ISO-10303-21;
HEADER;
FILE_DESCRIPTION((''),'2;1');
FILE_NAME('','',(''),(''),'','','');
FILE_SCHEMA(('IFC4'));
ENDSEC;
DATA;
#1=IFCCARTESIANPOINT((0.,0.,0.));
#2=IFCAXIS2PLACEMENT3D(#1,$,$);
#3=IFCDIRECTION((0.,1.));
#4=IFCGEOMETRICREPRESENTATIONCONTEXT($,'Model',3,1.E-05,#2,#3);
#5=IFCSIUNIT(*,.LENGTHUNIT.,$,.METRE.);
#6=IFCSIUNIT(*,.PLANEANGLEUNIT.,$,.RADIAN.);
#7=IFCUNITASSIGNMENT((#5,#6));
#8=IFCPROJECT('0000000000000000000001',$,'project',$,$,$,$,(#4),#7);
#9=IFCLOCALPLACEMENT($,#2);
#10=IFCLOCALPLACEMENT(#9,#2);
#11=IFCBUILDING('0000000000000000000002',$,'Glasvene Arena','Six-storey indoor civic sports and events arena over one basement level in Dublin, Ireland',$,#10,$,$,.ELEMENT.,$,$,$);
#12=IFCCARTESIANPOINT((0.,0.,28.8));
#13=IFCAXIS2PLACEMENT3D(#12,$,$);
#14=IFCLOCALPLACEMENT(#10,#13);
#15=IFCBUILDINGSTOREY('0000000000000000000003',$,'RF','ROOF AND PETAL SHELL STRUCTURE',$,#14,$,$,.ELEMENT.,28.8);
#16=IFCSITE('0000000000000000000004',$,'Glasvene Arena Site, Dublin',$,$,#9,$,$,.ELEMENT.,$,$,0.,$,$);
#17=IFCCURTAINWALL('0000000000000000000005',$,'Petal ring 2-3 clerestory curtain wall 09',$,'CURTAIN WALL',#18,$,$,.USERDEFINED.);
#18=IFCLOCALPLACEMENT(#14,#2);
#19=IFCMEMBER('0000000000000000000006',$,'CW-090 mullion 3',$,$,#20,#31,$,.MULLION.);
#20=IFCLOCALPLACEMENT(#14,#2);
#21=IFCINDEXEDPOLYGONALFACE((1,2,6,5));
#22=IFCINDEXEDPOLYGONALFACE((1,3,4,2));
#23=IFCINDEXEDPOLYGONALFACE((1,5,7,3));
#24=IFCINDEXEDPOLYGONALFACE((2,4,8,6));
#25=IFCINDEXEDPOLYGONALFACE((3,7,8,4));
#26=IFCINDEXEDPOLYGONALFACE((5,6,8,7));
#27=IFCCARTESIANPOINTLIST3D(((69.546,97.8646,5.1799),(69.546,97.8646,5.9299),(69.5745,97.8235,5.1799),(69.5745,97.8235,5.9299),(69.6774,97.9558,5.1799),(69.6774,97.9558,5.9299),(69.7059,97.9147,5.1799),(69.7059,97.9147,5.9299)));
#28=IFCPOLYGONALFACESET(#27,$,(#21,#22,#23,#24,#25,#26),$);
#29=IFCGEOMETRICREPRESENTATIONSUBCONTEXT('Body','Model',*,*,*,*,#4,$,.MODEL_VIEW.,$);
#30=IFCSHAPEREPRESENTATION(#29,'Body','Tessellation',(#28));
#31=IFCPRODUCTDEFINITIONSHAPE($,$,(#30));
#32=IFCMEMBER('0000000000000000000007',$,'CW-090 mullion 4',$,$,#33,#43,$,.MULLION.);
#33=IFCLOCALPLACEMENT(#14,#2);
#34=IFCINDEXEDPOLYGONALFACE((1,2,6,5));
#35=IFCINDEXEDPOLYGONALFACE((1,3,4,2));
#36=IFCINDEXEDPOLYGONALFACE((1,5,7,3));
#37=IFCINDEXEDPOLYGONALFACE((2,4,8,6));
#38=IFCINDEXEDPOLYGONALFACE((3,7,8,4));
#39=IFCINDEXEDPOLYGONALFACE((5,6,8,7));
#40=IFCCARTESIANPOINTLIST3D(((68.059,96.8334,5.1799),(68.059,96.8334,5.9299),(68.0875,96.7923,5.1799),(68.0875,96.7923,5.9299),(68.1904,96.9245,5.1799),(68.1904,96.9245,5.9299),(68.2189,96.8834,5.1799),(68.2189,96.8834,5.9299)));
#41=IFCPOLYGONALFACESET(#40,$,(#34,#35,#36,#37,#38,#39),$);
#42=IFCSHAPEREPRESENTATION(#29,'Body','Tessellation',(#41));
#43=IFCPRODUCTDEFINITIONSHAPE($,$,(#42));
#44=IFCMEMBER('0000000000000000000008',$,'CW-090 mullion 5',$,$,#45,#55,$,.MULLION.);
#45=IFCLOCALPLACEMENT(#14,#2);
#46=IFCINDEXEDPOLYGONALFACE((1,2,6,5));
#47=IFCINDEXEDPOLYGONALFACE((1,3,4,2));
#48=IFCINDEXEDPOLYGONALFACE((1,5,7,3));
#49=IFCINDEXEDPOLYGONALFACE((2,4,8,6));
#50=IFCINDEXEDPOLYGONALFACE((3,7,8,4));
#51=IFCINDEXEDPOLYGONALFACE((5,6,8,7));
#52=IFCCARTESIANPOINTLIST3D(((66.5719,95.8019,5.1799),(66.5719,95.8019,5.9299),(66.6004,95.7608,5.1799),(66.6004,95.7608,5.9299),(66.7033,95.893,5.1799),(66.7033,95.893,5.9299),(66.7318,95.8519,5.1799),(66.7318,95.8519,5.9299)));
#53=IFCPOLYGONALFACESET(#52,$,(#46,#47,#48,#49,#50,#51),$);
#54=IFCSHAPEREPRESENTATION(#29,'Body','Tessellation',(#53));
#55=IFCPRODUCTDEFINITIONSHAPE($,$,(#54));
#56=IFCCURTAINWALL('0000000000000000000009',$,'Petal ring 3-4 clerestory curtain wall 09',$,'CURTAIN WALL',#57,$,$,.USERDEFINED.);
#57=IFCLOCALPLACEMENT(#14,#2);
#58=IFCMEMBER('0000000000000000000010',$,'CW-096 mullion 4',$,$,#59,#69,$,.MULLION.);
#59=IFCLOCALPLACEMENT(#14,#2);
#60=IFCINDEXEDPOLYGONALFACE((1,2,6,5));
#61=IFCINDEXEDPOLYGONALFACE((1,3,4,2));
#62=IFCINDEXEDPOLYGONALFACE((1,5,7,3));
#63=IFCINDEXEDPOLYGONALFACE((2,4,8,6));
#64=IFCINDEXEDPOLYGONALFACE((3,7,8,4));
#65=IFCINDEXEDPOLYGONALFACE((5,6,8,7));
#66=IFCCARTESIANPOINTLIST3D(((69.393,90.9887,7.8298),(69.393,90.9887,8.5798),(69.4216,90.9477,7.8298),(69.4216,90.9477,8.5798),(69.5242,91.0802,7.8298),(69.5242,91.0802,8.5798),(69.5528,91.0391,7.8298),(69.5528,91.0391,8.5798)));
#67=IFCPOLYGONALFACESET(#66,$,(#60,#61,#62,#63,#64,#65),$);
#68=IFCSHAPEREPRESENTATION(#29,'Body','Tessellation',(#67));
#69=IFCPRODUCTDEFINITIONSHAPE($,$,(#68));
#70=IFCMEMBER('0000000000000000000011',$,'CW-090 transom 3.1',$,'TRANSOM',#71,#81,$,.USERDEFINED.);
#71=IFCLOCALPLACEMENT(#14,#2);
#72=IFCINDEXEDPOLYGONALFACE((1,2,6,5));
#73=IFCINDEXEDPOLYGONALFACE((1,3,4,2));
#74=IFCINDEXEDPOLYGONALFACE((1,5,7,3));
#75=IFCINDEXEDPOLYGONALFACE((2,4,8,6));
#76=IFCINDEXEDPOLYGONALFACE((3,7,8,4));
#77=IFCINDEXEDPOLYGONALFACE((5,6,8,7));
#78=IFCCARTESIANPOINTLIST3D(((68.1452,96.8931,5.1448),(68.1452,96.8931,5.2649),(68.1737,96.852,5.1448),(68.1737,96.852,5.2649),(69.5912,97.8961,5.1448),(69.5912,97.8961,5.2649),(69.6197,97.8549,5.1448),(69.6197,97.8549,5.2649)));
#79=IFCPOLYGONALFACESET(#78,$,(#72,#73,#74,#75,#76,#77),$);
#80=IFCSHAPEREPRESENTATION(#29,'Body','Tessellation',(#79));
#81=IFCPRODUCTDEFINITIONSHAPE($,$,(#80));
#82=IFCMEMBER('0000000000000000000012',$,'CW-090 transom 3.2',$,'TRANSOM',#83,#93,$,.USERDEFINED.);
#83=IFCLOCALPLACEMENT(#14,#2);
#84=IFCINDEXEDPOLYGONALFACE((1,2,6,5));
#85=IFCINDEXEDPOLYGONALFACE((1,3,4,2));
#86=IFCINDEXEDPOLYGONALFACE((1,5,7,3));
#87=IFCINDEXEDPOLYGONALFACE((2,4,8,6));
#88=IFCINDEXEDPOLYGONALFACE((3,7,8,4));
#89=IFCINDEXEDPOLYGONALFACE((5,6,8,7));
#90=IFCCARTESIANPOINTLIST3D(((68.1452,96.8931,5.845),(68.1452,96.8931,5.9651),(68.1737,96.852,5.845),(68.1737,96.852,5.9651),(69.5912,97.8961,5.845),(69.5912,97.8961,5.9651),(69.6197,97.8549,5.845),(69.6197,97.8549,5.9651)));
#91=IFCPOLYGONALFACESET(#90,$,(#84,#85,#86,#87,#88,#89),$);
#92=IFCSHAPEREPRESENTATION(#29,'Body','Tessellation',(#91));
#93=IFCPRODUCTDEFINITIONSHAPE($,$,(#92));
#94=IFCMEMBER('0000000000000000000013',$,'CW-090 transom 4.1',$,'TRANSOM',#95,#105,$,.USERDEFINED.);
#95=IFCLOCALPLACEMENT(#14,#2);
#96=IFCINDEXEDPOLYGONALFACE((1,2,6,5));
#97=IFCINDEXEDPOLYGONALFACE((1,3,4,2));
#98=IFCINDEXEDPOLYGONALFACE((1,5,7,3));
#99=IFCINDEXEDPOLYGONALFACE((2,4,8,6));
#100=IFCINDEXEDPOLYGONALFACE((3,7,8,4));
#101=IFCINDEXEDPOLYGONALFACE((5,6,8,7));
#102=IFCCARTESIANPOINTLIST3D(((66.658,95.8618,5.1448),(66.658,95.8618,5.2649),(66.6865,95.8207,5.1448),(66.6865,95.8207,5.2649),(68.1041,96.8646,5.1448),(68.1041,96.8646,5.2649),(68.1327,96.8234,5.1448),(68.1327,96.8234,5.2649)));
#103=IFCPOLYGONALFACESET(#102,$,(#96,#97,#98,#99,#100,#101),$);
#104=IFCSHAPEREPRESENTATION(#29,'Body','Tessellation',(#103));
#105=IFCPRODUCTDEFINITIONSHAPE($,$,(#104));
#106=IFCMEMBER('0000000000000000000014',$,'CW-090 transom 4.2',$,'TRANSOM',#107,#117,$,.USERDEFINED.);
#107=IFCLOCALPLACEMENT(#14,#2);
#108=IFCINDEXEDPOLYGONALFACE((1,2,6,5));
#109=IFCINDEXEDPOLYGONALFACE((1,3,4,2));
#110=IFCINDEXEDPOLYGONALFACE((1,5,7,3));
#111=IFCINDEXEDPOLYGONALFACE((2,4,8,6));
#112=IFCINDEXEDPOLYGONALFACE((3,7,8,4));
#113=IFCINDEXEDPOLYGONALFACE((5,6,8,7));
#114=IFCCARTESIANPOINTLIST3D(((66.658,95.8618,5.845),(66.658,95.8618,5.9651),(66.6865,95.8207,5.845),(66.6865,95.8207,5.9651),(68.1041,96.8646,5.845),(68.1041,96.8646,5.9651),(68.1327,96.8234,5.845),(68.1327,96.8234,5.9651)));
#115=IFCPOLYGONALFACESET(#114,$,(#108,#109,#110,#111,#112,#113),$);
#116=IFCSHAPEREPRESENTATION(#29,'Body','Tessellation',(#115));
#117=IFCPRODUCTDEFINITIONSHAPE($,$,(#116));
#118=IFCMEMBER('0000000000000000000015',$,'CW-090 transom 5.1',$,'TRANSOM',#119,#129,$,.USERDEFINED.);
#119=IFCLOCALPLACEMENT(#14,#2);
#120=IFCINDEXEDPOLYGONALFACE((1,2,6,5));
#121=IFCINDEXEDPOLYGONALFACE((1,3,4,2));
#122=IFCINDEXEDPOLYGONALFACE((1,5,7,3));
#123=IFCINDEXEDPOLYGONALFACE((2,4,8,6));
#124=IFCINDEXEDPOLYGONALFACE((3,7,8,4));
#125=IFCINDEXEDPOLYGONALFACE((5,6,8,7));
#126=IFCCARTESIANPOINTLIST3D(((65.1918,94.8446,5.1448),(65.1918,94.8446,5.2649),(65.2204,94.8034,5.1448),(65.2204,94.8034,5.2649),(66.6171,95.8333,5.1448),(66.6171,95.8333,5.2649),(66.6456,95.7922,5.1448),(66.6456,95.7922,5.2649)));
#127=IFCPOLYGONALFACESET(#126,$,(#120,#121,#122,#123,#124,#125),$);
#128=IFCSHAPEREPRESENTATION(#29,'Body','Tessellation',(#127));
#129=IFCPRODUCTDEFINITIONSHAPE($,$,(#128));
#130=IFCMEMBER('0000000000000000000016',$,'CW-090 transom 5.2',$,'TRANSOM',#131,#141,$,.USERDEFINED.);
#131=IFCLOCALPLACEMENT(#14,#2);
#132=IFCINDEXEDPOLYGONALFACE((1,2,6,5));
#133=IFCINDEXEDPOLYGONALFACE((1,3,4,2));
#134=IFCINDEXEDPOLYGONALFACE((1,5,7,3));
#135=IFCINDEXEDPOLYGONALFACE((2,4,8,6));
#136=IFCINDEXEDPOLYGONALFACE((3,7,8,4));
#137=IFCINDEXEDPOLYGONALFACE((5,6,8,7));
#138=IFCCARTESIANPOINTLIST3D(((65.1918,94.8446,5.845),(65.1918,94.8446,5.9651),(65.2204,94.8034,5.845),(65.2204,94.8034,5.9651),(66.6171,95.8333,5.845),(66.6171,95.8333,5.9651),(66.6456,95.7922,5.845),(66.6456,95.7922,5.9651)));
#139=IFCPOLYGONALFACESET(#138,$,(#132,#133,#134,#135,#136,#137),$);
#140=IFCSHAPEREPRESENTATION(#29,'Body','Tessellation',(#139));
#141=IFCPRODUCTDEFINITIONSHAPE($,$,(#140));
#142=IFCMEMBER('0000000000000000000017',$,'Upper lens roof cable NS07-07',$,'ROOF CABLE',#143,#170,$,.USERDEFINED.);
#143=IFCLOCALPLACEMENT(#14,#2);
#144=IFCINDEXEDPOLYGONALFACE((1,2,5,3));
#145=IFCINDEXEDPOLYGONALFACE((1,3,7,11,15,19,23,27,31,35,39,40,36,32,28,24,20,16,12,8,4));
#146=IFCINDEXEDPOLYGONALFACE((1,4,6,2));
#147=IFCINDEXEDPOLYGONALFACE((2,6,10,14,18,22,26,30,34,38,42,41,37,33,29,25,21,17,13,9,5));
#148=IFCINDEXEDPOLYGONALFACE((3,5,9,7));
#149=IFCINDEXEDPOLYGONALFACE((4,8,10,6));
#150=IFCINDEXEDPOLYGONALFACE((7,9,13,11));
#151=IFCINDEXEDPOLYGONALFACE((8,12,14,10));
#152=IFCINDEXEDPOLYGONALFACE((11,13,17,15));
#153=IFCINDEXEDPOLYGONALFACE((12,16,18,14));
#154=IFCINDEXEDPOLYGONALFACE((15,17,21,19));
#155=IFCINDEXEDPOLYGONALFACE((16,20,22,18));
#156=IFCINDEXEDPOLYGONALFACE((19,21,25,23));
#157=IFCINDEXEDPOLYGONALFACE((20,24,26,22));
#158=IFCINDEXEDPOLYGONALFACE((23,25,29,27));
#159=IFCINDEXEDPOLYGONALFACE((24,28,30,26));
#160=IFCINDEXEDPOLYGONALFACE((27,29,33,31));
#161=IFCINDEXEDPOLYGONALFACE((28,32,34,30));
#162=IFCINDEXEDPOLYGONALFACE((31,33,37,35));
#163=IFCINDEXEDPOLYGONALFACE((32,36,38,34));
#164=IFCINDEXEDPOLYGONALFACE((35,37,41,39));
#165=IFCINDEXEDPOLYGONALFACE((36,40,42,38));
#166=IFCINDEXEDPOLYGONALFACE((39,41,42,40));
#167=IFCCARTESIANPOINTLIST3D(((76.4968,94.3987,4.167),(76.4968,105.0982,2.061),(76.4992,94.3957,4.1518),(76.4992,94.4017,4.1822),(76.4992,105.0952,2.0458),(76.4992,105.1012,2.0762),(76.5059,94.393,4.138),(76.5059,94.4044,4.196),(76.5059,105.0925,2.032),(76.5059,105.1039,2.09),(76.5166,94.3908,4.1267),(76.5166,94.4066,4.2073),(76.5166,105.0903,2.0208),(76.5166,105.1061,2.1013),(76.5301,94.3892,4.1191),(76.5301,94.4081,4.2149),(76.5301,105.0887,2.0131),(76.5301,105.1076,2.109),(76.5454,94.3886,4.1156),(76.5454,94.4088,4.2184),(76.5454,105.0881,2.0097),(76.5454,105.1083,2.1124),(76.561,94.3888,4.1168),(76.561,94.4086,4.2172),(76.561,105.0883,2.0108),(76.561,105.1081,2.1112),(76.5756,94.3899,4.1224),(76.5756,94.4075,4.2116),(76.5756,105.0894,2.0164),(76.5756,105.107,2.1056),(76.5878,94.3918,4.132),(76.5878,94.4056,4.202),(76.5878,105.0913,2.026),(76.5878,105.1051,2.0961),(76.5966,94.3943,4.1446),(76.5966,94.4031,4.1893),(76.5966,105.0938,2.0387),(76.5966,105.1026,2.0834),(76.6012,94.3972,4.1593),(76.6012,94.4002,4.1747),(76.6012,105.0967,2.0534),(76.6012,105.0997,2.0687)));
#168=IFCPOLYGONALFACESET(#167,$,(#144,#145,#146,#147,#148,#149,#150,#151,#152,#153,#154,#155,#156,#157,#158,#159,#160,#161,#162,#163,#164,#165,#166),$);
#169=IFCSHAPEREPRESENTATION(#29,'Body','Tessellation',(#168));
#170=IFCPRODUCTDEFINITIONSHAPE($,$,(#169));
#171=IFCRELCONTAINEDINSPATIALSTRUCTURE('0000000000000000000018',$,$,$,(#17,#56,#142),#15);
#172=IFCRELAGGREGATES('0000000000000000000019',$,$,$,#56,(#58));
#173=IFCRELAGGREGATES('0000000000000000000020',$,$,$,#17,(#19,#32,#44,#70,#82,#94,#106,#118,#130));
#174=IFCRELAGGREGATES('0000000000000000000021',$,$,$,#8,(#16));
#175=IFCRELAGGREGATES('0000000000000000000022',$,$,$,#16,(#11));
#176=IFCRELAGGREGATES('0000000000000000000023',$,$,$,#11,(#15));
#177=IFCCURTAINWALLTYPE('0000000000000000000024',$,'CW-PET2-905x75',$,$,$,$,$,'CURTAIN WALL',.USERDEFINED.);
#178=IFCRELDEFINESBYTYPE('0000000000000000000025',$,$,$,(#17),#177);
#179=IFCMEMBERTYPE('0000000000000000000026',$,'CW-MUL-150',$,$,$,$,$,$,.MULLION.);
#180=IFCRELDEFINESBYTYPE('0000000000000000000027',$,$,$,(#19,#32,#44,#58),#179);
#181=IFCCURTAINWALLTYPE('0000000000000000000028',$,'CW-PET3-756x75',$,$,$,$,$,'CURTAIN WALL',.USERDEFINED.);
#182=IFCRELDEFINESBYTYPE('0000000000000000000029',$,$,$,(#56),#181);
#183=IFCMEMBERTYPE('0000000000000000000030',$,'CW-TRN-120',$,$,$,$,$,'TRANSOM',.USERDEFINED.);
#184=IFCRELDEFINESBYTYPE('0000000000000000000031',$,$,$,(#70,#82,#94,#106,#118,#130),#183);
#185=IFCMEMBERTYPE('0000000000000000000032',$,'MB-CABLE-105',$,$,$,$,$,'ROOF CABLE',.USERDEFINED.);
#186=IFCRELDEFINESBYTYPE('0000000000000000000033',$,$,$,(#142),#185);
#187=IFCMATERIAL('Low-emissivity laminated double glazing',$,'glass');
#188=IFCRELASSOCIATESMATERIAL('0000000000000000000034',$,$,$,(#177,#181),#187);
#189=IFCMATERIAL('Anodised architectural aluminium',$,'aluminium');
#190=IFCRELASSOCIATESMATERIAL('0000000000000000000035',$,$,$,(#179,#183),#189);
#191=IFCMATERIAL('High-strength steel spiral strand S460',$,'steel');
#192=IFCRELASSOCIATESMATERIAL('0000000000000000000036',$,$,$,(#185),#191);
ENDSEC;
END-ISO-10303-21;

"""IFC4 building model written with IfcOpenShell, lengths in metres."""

from ifc_helpers import new_model, si_unit, direction, frame, origin, origin_2d, place, context, subcontext, project, spatial, rectangle, circle, extrude, material, material_profile, profile_set, type_object, element, aggregate, save


model = new_model("IFC4")

# Units and contexts
model_context = context("Model", 3, precision=1e-05, world=origin(), true_north=direction((0.0, 1.0)))
body_context = subcontext(model_context, "Body", "Model", "MODEL_VIEW")
ifc_project = project(units=[si_unit("LENGTHUNIT", "METRE"), si_unit("PLANEANGLEUNIT", "RADIAN")], contexts=[model_context])

# Site, building, storey
site_placement = place(None, origin())
site = spatial("IfcSite", under=ifc_project, at=site_placement, Name="Glasvene Arena Site, Dublin", CompositionType="ELEMENT", RefElevation=0.0)
building_placement = place(site_placement, origin())
building = spatial("IfcBuilding", under=site, at=building_placement, Name="Glasvene Arena", Description="Six-storey indoor civic sports and events arena over one basement level in Dublin, Ireland", CompositionType="ELEMENT")
storey_placement = place(building_placement, frame((0.0, 0.0, 28.8)))
storey = spatial("IfcBuildingStorey", under=building, at=storey_placement, Name="RF", Description="ROOF AND PETAL SHELL STRUCTURE", CompositionType="ELEMENT", Elevation=28.8)

# Curtain wall, members
ifc_material_1 = material(Name="Low-emissivity laminated double glazing", Category="glass")
curtain_wall_type_1 = type_object("IfcCurtainWallType", Name="CW-PET2-905x75", ElementType="CURTAIN WALL", PredefinedType="USERDEFINED", material=ifc_material_1)
curtain_wall_1_placement = place(storey_placement, frame((72.6001, 99.9524, 0.0)))
curtain_wall_1 = element("IfcCurtainWall", 1, at=curtain_wall_1_placement, inside=storey, type_object=curtain_wall_type_1, Name="Petal ring 2-3 clerestory curtain wall 09", ObjectType="CURTAIN WALL", PredefinedType="USERDEFINED")
ifc_material_2 = material(Name="Anodised architectural aluminium", Category="aluminium")
ifc_material_profile_1 = material_profile(ifc_material_2, rectangle(XDim=0.05, YDim=0.1599, at=origin_2d()), Name="ALU MULLION 50x160")
ifc_profile_set_1 = profile_set([ifc_material_profile_1], Name="Anodised architectural aluminium")
member_type_1 = type_object("IfcMemberType", Name="CW-MUL-150", PredefinedType="MULLION", material=ifc_profile_set_1)
member_1_placement = place(storey_placement, frame((69.626, 97.8896, 5.1799), z_axis=(0.0, 0.0, 1.0), x_axis=(0.569921, -0.821699, 0.0)))
member_1 = element("IfcMember", 2, at=member_1_placement, type_object=member_type_1, Name="CW-090 mullion 3", PredefinedType="MULLION", context=body_context, shape_type="SweptSolid", body=[
    extrude(rectangle(XDim=0.05, YDim=0.1599, at=origin_2d()), origin(), (0.0, 0.0, 1.0), 0.75),
])
member_2_placement = place(storey_placement, frame((68.1389, 96.8584, 5.1799), z_axis=(0.0, 0.0, 1.0), x_axis=(0.569921, -0.821699, 0.0)))
member_2 = element("IfcMember", 3, at=member_2_placement, type_object=member_type_1, Name="CW-090 mullion 4", PredefinedType="MULLION", context=body_context, shape_type="SweptSolid", body=[
    extrude(rectangle(XDim=0.05, YDim=0.1599, at=origin_2d()), origin(), (0.0, 0.0, 1.0), 0.75),
])
member_3_placement = place(storey_placement, frame((66.6519, 95.8269, 5.1799), z_axis=(0.0, 0.0, 1.0), x_axis=(0.569921, -0.821699, 0.0)))
member_3 = element("IfcMember", 4, at=member_3_placement, type_object=member_type_1, Name="CW-090 mullion 5", PredefinedType="MULLION", context=body_context, shape_type="SweptSolid", body=[
    extrude(rectangle(XDim=0.05, YDim=0.1599, at=origin_2d()), origin(), (0.0, 0.0, 1.0), 0.75),
])

# Curtain wall, member
curtain_wall_type_2 = type_object("IfcCurtainWallType", Name="CW-PET3-756x75", ElementType="CURTAIN WALL", PredefinedType="USERDEFINED", material=ifc_material_1)
curtain_wall_2_placement = place(storey_placement, frame((74.125, 94.2559, 0.0)))
curtain_wall_2 = element("IfcCurtainWall", 5, at=curtain_wall_2_placement, inside=storey, type_object=curtain_wall_type_2, Name="Petal ring 3-4 clerestory curtain wall 09", ObjectType="CURTAIN WALL", PredefinedType="USERDEFINED")
member_4_placement = place(storey_placement, frame((69.4729, 91.0139, 7.8298), z_axis=(0.0, 0.0, 1.0), x_axis=(0.571742, -0.820433, 0.0)))
member_4 = element("IfcMember", 6, at=member_4_placement, type_object=member_type_1, Name="CW-096 mullion 4", PredefinedType="MULLION", context=body_context, shape_type="SweptSolid", body=[
    extrude(rectangle(XDim=0.05, YDim=0.1599, at=origin_2d()), origin(), (0.0, 0.0, 1.0), 0.75),
])
aggregate(curtain_wall_2, [member_4])

# Members
ifc_material_profile_2 = material_profile(ifc_material_2, rectangle(XDim=0.05, YDim=0.1201, at=origin_2d()), Name="ALU TRANSOM 50x120")
ifc_profile_set_2 = profile_set([ifc_material_profile_2], Name="Anodised architectural aluminium")
member_type_2 = type_object("IfcMemberType", Name="CW-TRN-120", ElementType="TRANSOM", PredefinedType="USERDEFINED", material=ifc_profile_set_2)
member_5_placement = place(storey_placement, frame((69.6055, 97.8755, 5.2048), z_axis=(-0.821707, -0.56991, 0.0), x_axis=(0.56991, -0.821707, 0.0)))
member_5 = element("IfcMember", 7, at=member_5_placement, type_object=member_type_2, Name="CW-090 transom 3.1", ObjectType="TRANSOM", PredefinedType="USERDEFINED", context=body_context, shape_type="SweptSolid", body=[
    extrude(rectangle(XDim=0.05, YDim=0.1201, at=origin_2d()), origin(), (0.0, 0.0, 1.0), 1.7598),
])
member_6_placement = place(storey_placement, frame((69.6055, 97.8755, 5.905), z_axis=(-0.821707, -0.56991, 0.0), x_axis=(0.56991, -0.821707, 0.0)))
member_6 = element("IfcMember", 8, at=member_6_placement, type_object=member_type_2, Name="CW-090 transom 3.2", ObjectType="TRANSOM", PredefinedType="USERDEFINED", context=body_context, shape_type="SweptSolid", body=[
    extrude(rectangle(XDim=0.05, YDim=0.1201, at=origin_2d()), origin(), (0.0, 0.0, 1.0), 1.7598),
])
member_7_placement = place(storey_placement, frame((68.1184, 96.844, 5.2048), z_axis=(-0.821772, -0.569816, 0.0), x_axis=(0.569816, -0.821772, 0.0)))
member_7 = element("IfcMember", 9, at=member_7_placement, type_object=member_type_2, Name="CW-090 transom 4.1", ObjectType="TRANSOM", PredefinedType="USERDEFINED", context=body_context, shape_type="SweptSolid", body=[
    extrude(rectangle(XDim=0.05, YDim=0.1201, at=origin_2d()), origin(), (0.0, 0.0, 1.0), 1.7598),
])
member_8_placement = place(storey_placement, frame((68.1184, 96.844, 5.905), z_axis=(-0.821772, -0.569816, 0.0), x_axis=(0.569816, -0.821772, 0.0)))
member_8 = element("IfcMember", 10, at=member_8_placement, type_object=member_type_2, Name="CW-090 transom 4.2", ObjectType="TRANSOM", PredefinedType="USERDEFINED", context=body_context, shape_type="SweptSolid", body=[
    extrude(rectangle(XDim=0.05, YDim=0.1201, at=origin_2d()), origin(), (0.0, 0.0, 1.0), 1.7598),
])
member_9_placement = place(storey_placement, frame((66.6313, 95.8127, 5.2048), z_axis=(-0.821645, -0.57, 0.0), x_axis=(0.57, -0.821645, 0.0)))
member_9 = element("IfcMember", 11, at=member_9_placement, type_object=member_type_2, Name="CW-090 transom 5.1", ObjectType="TRANSOM", PredefinedType="USERDEFINED", context=body_context, shape_type="SweptSolid", body=[
    extrude(rectangle(XDim=0.05, YDim=0.1201, at=origin_2d()), origin(), (0.0, 0.0, 1.0), 1.7346),
])
member_10_placement = place(storey_placement, frame((66.6313, 95.8127, 5.905), z_axis=(-0.821645, -0.57, 0.0), x_axis=(0.57, -0.821645, 0.0)))
member_10 = element("IfcMember", 12, at=member_10_placement, type_object=member_type_2, Name="CW-090 transom 5.2", ObjectType="TRANSOM", PredefinedType="USERDEFINED", context=body_context, shape_type="SweptSolid", body=[
    extrude(rectangle(XDim=0.05, YDim=0.1201, at=origin_2d()), origin(), (0.0, 0.0, 1.0), 1.7346),
])

# Member
ifc_material_3 = material(Name="High-strength steel spiral strand S460", Category="steel")
ifc_material_profile_3 = material_profile(ifc_material_3, circle(Radius=0.0525, at=origin_2d()), Name="LCSS D105")
ifc_profile_set_3 = profile_set([ifc_material_profile_3], Name="High-strength steel spiral strand S460")
member_type_3 = type_object("IfcMemberType", Name="MB-CABLE-105", ElementType="ROOF CABLE", PredefinedType="USERDEFINED", material=ifc_profile_set_3)
member_11_placement = place(storey_placement, frame((76.5493, 94.3987, 4.167), z_axis=(0.0, 0.981175, -0.193123), x_axis=(-1.0, 0.0, 0.0)))
element("IfcMember", 13, at=member_11_placement, inside=storey, type_object=member_type_3, Name="Upper lens roof cable NS07-07", ObjectType="ROOF CABLE", PredefinedType="USERDEFINED", context=body_context, shape_type="SweptSolid", body=[
    extrude(circle(Radius=0.0525, at=origin_2d()), origin(), (0.0, 0.0, 1.0), 10.9048),
])

aggregate(curtain_wall_1, [member_1, member_2, member_3, member_5, member_6, member_7, member_8, member_9, member_10])

save(model, "model.ifc")
